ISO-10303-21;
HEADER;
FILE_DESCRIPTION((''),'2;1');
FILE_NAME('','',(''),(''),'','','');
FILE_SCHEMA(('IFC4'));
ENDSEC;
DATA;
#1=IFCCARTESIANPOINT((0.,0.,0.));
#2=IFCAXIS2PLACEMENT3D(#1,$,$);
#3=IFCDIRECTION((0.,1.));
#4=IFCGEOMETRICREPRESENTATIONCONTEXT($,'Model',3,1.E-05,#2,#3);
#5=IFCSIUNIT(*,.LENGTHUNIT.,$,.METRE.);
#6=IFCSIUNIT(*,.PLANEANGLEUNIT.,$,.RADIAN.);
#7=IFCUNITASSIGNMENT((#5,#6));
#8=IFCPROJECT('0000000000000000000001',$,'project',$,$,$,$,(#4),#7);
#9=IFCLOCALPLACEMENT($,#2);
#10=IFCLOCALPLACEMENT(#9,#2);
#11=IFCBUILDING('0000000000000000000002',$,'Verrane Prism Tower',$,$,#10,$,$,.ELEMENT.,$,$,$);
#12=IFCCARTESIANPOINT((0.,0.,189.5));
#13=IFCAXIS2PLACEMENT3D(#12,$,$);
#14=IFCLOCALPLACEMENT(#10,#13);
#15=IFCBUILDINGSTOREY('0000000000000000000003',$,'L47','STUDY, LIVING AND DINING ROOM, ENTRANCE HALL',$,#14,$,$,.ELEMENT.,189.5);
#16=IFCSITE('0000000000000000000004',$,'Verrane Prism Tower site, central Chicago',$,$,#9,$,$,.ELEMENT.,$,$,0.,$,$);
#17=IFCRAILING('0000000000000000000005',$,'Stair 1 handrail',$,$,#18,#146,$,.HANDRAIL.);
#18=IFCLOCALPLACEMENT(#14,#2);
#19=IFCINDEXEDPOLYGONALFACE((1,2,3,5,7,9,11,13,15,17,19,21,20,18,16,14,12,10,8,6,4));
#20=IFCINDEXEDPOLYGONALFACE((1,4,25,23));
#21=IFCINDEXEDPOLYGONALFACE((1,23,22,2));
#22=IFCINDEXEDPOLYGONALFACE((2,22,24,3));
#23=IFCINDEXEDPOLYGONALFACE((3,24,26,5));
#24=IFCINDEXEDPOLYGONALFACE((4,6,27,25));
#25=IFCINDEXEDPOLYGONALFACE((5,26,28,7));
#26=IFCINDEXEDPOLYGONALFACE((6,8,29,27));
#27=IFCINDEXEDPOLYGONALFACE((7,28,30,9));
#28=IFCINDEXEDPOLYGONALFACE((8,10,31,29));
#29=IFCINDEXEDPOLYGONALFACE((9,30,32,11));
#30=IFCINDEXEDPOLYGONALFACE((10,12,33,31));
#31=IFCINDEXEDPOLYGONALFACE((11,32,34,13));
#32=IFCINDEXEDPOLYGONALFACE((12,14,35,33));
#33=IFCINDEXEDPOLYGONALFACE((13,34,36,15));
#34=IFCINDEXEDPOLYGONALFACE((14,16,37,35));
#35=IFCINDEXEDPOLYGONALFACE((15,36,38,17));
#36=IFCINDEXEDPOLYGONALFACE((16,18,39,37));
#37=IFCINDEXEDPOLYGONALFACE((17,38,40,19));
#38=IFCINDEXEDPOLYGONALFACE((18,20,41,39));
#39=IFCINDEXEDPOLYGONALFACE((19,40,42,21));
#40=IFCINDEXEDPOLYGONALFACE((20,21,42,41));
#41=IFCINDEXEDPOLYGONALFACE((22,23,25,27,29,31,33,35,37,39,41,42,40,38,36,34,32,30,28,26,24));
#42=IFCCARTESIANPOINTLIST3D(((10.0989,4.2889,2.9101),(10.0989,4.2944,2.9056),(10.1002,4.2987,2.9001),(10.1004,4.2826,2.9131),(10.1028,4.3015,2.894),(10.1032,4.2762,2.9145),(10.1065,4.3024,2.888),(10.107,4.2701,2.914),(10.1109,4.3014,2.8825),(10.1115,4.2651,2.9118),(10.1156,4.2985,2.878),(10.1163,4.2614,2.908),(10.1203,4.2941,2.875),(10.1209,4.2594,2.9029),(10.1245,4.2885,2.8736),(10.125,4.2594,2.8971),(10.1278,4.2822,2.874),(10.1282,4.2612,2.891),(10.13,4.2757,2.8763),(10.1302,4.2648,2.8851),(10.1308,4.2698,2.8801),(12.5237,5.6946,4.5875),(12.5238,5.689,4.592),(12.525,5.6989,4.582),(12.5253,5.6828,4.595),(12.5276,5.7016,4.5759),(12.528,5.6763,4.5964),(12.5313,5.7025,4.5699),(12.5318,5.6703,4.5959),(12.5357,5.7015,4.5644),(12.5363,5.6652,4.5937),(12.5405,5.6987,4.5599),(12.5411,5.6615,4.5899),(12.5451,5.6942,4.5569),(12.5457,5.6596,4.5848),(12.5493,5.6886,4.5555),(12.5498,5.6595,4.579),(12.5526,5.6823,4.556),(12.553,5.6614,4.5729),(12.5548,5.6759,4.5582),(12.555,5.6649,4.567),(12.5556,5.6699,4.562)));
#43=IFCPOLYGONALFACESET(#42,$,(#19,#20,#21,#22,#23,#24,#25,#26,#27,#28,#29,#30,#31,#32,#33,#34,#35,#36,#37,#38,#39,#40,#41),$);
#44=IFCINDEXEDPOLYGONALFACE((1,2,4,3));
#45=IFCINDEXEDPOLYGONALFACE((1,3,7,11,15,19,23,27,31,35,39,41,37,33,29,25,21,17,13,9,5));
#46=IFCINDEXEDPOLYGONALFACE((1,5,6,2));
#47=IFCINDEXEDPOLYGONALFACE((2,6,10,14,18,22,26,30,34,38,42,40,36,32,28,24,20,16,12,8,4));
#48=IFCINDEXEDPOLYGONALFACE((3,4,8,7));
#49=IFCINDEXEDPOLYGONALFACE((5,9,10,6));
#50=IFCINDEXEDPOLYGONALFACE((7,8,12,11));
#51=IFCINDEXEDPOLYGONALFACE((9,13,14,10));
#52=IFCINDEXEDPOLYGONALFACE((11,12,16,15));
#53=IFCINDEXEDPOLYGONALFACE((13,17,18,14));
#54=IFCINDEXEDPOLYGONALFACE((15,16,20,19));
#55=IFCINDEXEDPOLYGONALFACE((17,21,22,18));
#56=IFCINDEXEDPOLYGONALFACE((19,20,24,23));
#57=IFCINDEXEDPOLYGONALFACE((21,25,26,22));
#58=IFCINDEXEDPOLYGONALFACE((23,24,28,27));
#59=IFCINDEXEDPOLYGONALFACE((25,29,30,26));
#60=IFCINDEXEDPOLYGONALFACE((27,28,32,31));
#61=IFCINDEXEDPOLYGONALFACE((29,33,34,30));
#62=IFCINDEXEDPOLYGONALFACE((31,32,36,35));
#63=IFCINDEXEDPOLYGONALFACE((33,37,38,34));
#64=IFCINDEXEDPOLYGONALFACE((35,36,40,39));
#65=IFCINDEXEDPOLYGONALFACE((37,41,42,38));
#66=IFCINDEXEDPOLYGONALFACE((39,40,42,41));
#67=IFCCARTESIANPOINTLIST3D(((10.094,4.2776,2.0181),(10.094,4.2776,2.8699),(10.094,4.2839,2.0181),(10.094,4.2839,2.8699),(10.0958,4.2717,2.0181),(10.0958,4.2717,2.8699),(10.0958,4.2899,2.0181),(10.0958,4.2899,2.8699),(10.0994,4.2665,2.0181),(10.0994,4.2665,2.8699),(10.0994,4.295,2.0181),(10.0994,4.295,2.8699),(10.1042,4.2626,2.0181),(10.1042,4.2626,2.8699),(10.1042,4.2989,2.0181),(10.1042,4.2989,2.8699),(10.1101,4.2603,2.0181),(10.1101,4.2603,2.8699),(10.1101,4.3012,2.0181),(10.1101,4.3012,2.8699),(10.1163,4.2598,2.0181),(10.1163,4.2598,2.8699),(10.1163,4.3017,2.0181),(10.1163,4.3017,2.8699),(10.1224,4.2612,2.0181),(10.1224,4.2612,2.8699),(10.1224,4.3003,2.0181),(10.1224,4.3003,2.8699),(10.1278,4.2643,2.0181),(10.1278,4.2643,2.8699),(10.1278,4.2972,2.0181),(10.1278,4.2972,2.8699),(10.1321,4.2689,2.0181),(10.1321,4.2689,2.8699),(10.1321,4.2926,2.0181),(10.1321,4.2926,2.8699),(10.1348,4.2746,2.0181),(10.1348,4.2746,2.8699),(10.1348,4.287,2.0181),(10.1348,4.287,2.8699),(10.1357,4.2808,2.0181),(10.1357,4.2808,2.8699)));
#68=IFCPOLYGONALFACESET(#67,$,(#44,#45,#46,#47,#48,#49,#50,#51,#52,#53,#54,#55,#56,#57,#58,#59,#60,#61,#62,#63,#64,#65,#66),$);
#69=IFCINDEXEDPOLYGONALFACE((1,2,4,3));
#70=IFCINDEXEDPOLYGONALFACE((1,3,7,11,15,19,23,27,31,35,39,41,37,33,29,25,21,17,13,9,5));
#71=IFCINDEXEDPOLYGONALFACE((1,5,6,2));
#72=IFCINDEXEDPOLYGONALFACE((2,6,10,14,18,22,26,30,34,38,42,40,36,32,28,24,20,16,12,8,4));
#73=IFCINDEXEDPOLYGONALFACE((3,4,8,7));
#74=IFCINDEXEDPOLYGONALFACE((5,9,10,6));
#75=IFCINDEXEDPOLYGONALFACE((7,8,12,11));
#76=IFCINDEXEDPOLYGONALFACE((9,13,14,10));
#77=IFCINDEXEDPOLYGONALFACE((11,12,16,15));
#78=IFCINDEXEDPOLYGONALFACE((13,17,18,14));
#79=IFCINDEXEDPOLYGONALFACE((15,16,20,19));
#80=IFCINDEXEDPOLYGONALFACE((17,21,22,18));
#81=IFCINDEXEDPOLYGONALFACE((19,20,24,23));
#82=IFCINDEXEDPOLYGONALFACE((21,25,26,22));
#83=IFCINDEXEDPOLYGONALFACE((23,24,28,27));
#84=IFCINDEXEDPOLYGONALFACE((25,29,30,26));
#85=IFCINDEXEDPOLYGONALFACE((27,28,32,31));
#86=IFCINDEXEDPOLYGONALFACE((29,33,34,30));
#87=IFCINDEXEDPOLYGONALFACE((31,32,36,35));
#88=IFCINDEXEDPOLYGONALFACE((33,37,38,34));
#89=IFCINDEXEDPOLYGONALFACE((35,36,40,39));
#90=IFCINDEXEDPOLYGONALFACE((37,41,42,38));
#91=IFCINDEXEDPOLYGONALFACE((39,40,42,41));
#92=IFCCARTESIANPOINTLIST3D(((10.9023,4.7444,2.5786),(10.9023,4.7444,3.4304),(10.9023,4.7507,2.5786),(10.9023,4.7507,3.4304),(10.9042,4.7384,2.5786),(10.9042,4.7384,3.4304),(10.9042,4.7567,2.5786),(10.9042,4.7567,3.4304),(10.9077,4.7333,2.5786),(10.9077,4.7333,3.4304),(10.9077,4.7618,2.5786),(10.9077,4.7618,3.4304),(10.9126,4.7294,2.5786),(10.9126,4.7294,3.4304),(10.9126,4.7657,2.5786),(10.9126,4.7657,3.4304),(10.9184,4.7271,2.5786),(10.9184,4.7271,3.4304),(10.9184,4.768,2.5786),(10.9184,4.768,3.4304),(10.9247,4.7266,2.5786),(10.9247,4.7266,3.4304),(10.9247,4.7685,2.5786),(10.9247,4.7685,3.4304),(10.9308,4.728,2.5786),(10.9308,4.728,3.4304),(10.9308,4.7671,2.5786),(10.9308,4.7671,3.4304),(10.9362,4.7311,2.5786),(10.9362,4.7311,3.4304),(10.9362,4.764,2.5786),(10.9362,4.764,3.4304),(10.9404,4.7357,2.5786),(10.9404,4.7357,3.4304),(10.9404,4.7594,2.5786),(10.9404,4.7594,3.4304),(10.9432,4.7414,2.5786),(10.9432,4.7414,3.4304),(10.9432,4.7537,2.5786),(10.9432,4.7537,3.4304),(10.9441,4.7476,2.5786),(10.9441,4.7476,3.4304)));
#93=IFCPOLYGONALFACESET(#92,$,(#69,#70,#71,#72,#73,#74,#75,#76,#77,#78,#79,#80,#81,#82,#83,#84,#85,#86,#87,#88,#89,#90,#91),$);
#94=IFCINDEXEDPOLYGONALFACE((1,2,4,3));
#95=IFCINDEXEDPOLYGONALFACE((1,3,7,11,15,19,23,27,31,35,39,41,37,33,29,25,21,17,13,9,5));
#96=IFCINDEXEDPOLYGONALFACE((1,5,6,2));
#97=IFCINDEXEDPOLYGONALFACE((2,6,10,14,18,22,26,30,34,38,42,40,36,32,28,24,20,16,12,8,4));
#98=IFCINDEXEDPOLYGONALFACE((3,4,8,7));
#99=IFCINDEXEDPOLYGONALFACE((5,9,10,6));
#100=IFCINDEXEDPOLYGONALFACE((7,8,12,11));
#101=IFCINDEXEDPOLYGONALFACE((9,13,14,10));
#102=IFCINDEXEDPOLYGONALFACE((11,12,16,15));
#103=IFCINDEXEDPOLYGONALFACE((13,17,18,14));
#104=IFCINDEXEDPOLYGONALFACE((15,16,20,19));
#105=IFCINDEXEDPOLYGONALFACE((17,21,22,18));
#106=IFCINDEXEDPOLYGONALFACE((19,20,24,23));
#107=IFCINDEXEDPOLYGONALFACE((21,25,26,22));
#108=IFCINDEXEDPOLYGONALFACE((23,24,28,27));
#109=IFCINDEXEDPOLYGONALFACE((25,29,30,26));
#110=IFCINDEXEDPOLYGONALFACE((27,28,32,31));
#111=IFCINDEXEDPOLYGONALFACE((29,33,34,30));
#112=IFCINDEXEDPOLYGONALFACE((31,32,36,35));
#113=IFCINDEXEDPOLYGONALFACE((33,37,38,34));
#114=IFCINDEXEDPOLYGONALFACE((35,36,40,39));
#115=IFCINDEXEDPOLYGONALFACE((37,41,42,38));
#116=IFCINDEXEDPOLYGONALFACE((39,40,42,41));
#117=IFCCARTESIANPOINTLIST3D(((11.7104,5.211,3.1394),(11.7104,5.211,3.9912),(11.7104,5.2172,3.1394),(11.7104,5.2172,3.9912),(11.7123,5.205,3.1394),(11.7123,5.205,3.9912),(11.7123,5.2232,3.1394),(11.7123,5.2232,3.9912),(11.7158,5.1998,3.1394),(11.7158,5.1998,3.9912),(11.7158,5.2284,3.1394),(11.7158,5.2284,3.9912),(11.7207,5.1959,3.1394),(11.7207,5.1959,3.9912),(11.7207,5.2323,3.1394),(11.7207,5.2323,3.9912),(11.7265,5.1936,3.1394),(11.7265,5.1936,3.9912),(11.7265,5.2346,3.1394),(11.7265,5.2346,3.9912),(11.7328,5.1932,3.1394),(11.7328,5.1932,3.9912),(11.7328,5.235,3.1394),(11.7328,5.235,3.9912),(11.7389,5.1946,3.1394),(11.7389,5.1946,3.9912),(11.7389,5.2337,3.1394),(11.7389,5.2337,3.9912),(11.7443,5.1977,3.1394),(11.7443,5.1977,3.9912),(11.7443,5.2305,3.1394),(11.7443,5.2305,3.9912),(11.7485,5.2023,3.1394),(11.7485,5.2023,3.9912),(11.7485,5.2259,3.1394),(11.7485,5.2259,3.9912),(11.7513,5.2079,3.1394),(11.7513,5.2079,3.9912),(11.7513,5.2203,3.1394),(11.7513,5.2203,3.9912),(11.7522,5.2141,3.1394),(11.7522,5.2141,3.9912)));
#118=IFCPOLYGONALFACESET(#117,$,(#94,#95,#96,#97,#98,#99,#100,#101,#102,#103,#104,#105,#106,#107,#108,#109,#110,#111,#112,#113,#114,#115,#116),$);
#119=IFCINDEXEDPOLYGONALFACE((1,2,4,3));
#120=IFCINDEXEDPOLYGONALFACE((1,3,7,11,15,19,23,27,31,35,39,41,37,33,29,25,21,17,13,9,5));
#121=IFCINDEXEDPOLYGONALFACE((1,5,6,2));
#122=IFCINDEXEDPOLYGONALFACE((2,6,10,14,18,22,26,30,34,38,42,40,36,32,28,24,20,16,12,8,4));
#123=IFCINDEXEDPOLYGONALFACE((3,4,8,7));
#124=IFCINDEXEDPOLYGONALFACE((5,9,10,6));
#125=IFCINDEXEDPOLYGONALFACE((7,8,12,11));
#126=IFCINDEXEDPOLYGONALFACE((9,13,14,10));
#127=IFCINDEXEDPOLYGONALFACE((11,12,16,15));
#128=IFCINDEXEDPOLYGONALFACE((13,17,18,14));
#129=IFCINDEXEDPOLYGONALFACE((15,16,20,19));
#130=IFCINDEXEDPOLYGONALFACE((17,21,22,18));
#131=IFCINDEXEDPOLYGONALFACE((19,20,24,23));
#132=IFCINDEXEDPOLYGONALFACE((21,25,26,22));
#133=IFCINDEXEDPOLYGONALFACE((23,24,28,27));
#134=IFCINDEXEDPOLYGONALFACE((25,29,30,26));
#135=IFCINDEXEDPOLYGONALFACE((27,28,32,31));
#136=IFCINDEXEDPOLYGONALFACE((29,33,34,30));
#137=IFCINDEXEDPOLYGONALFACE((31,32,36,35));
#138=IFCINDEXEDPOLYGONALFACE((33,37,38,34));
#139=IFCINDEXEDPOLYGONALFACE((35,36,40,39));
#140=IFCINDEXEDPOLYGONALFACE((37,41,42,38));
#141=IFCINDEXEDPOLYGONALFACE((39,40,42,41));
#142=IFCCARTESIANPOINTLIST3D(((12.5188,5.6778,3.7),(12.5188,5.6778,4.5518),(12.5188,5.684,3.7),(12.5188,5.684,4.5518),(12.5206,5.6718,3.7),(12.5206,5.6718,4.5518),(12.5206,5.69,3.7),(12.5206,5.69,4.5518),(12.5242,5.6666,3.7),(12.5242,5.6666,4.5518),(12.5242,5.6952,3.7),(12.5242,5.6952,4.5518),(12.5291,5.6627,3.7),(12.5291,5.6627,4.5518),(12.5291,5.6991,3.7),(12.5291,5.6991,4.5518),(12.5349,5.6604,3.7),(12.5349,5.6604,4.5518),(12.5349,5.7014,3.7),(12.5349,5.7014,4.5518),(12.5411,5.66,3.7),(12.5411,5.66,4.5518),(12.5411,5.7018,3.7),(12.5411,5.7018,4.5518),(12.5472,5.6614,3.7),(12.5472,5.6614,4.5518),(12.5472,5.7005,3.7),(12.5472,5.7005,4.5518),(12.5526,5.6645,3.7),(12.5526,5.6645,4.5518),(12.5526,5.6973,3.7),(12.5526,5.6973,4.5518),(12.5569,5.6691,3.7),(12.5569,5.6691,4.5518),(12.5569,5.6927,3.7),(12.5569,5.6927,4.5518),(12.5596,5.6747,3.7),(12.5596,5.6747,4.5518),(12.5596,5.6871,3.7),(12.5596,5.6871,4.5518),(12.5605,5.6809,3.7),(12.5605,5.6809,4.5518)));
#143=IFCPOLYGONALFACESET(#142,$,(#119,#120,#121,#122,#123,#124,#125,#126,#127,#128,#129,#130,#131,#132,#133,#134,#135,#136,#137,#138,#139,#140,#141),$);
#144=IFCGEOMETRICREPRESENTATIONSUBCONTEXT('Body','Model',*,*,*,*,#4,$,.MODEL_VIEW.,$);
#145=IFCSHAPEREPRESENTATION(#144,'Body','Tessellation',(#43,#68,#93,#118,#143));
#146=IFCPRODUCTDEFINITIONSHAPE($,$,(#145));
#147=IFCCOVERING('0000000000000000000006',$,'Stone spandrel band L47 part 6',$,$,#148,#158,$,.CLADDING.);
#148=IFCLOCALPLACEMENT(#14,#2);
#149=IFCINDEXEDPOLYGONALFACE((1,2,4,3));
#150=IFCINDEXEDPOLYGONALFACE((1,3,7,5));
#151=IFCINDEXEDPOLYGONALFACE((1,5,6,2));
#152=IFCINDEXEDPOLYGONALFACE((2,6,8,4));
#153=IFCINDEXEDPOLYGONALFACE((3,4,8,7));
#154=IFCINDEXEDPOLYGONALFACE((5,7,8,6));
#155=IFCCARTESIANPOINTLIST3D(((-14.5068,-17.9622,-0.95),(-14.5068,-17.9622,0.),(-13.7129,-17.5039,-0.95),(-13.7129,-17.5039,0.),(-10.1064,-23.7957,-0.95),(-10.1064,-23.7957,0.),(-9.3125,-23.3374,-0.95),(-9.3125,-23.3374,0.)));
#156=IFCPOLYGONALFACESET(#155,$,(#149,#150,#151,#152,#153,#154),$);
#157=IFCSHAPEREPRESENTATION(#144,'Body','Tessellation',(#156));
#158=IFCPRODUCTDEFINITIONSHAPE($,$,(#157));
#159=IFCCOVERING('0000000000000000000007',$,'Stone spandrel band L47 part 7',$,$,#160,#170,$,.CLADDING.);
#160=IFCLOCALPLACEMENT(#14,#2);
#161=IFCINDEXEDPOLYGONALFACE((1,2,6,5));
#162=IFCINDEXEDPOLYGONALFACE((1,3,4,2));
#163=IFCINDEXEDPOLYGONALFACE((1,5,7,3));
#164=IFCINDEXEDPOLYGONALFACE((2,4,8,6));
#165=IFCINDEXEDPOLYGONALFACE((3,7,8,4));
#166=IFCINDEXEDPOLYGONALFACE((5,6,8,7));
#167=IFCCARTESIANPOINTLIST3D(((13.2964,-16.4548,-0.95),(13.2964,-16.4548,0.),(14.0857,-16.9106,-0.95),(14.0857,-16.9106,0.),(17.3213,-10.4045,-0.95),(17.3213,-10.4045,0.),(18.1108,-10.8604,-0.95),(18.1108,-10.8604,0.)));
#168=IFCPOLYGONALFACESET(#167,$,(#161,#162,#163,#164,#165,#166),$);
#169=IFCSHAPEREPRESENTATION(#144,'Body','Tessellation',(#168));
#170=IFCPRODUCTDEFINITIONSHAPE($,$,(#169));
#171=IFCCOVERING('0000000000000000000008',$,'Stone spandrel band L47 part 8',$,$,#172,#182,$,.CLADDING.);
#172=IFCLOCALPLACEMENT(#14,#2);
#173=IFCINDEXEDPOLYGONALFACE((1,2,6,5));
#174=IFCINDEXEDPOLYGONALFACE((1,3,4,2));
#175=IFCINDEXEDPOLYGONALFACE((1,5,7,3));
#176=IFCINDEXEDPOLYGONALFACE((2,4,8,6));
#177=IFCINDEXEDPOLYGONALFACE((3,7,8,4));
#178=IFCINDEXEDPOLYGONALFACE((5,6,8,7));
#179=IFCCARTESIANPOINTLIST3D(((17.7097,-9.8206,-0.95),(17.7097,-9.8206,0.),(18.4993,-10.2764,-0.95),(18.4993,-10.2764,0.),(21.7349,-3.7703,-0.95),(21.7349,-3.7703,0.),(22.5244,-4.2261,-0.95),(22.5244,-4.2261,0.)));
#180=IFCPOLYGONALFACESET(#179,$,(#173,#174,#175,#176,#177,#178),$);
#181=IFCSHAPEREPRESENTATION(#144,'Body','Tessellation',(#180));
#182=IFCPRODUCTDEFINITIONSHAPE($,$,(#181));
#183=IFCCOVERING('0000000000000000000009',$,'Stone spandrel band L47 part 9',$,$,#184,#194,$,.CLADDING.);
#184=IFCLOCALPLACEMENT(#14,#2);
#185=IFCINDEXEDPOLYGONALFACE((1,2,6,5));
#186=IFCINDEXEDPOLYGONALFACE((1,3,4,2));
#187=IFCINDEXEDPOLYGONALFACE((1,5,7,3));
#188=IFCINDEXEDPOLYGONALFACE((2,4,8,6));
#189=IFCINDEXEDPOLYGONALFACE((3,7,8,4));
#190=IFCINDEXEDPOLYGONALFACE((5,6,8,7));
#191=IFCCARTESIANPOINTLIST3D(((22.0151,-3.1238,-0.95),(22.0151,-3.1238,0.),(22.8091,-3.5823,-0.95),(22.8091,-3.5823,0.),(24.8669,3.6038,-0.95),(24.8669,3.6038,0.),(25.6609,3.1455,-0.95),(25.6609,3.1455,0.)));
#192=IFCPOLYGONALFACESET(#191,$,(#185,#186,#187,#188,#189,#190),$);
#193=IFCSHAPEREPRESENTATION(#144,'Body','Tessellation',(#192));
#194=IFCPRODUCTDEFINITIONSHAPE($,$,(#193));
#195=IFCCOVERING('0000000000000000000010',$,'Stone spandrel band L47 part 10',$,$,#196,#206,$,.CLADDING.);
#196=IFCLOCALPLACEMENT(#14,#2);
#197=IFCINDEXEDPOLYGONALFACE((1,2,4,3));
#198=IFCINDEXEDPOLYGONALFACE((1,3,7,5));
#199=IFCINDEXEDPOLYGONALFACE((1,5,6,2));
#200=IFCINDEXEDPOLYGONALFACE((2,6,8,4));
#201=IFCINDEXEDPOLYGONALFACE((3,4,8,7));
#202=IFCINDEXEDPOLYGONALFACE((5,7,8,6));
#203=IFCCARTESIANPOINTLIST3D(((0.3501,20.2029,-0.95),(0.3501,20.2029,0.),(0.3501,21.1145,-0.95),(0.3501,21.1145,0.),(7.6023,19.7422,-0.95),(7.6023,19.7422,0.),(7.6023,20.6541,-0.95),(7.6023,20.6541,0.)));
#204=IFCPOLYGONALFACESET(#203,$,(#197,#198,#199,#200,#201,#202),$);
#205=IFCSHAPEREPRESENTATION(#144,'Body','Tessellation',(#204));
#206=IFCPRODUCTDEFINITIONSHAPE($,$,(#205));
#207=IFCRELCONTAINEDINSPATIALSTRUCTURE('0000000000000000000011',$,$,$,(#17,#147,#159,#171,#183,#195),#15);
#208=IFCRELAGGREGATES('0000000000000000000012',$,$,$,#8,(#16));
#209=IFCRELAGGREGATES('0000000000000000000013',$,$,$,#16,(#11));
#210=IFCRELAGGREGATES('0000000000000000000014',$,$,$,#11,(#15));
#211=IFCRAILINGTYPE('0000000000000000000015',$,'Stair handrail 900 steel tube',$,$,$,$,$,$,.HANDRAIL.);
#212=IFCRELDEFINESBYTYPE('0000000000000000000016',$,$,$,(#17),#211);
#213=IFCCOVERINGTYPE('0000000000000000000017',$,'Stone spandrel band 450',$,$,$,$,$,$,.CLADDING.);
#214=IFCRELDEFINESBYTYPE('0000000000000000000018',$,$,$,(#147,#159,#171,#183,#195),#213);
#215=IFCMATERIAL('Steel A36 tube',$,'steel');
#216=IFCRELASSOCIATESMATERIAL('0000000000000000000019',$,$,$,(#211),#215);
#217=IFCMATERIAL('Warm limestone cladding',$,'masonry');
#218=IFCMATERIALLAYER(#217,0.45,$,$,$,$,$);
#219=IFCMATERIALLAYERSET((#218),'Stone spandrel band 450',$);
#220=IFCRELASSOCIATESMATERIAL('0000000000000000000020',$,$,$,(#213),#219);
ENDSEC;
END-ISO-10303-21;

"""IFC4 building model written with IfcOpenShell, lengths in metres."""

from ifc_helpers import new_model, si_unit, direction, frame, origin, origin_2d, place, context, subcontext, project, spatial, polyline, circle, outline, extrude, material, layer, layer_set, type_object, element, save


model = new_model("IFC4")

# Units and contexts
model_context = context("Model", 3, precision=1e-05, world=origin(), true_north=direction((0.0, 1.0)))
body_context = subcontext(model_context, "Body", "Model", "MODEL_VIEW")
ifc_project = project(units=[si_unit("LENGTHUNIT", "METRE"), si_unit("PLANEANGLEUNIT", "RADIAN")], contexts=[model_context])

# Site, building, storey
site_placement = place(None, origin())
site = spatial("IfcSite", under=ifc_project, at=site_placement, Name="Verrane Prism Tower site, central Chicago", CompositionType="ELEMENT", RefElevation=0.0)
building_placement = place(site_placement, origin())
building = spatial("IfcBuilding", under=site, at=building_placement, Name="Verrane Prism Tower", CompositionType="ELEMENT")
storey_placement = place(building_placement, frame((0.0, 0.0, 189.5)))
storey = spatial("IfcBuildingStorey", under=building, at=storey_placement, Name="L47", Description="STUDY, LIVING AND DINING ROOM, ENTRANCE HALL", CompositionType="ELEMENT", Elevation=189.5)

# Railing
ifc_material_1 = material(Name="Steel A36 tube", Category="steel")
railing_type = type_object("IfcRailingType", Name="Stair handrail 900 steel tube", PredefinedType="HANDRAIL", material=ifc_material_1)
railing_placement = place(storey_placement, frame((10.1147, 4.2808, 2.0181)))
element("IfcRailing", 1, at=railing_placement, inside=storey, type_object=railing_type, Name="Stair 1 handrail", PredefinedType="HANDRAIL", context=body_context, shape_type="SweptSolid", body=[
    extrude(circle(Radius=0.0239, at=origin_2d()), frame((0.0, 0.0, 0.876), z_axis=(0.742367, 0.428662, 0.514918), x_axis=(-0.50005, 0.865997, 0.0)), (0.0, 0.0, 1.0), 3.2664),
    extrude(circle(Radius=0.021, at=origin_2d()), origin(), (0.0, 0.0, 1.0), 0.8518),
    extrude(circle(Radius=0.021, at=origin_2d()), frame((0.8083, 0.4668, 0.5605)), (0.0, 0.0, 1.0), 0.8518),
    extrude(circle(Radius=0.021, at=origin_2d()), frame((1.6165, 0.9333, 1.1213)), (0.0, 0.0, 1.0), 0.8518),
    extrude(circle(Radius=0.021, at=origin_2d()), frame((2.4248, 1.4001, 1.6819)), (0.0, 0.0, 1.0), 0.8518),
])

# Coverings
ifc_material_2 = material(Name="Warm limestone cladding", Category="masonry")
ifc_layer_1 = layer(ifc_material_2, 0.45)
ifc_layer_set_1 = layer_set([ifc_layer_1], Name="Stone spandrel band 450")
covering_type = type_object("IfcCoveringType", Name="Stone spandrel band 450", PredefinedType="CLADDING", material=ifc_layer_set_1)
covering_1_placement = place(storey_placement, frame((0.0, 0.0, -0.95)))
element("IfcCovering", 2, at=covering_1_placement, inside=storey, type_object=covering_type, Name="Stone spandrel band L47 part 6", PredefinedType="CLADDING", context=body_context, shape_type="SweptSolid", body=[
    extrude(outline(polyline([(-10.1064, -23.7957), (-9.3125, -23.3374), (-13.7129, -17.5039), (-14.5068, -17.9622), (-10.1064, -23.7957)])), origin(), (0.0, 0.0, 1.0), 0.95),
])
covering_2_placement = place(storey_placement, frame((0.0, 0.0, -0.95)))
element("IfcCovering", 3, at=covering_2_placement, inside=storey, type_object=covering_type, Name="Stone spandrel band L47 part 7", PredefinedType="CLADDING", context=body_context, shape_type="SweptSolid", body=[
    extrude(outline(polyline([(18.1108, -10.8604), (17.3213, -10.4045), (13.2964, -16.4548), (14.0857, -16.9106), (18.1108, -10.8604)])), origin(), (0.0, 0.0, 1.0), 0.95),
])
covering_3_placement = place(storey_placement, frame((0.0, 0.0, -0.95)))
element("IfcCovering", 4, at=covering_3_placement, inside=storey, type_object=covering_type, Name="Stone spandrel band L47 part 8", PredefinedType="CLADDING", context=body_context, shape_type="SweptSolid", body=[
    extrude(outline(polyline([(21.7349, -3.7703), (17.7097, -9.8206), (18.4993, -10.2764), (22.5244, -4.2261), (21.7349, -3.7703)])), origin(), (0.0, 0.0, 1.0), 0.95),
])
covering_4_placement = place(storey_placement, frame((0.0, 0.0, -0.95)))
element("IfcCovering", 5, at=covering_4_placement, inside=storey, type_object=covering_type, Name="Stone spandrel band L47 part 9", PredefinedType="CLADDING", context=body_context, shape_type="SweptSolid", body=[
    extrude(outline(polyline([(25.6609, 3.1455), (24.8669, 3.6038), (22.0151, -3.1238), (22.8091, -3.5823), (25.6609, 3.1455)])), origin(), (0.0, 0.0, 1.0), 0.95),
])
covering_5_placement = place(storey_placement, frame((0.0, 0.0, -0.95)))
element("IfcCovering", 6, at=covering_5_placement, inside=storey, type_object=covering_type, Name="Stone spandrel band L47 part 10", PredefinedType="CLADDING", context=body_context, shape_type="SweptSolid", body=[
    extrude(outline(polyline([(0.3501, 20.2029), (7.6023, 19.7422), (7.6023, 20.6541), (0.3501, 21.1145), (0.3501, 20.2029)])), origin(), (0.0, 0.0, 1.0), 0.95),
])

save(model, "model.ifc")
